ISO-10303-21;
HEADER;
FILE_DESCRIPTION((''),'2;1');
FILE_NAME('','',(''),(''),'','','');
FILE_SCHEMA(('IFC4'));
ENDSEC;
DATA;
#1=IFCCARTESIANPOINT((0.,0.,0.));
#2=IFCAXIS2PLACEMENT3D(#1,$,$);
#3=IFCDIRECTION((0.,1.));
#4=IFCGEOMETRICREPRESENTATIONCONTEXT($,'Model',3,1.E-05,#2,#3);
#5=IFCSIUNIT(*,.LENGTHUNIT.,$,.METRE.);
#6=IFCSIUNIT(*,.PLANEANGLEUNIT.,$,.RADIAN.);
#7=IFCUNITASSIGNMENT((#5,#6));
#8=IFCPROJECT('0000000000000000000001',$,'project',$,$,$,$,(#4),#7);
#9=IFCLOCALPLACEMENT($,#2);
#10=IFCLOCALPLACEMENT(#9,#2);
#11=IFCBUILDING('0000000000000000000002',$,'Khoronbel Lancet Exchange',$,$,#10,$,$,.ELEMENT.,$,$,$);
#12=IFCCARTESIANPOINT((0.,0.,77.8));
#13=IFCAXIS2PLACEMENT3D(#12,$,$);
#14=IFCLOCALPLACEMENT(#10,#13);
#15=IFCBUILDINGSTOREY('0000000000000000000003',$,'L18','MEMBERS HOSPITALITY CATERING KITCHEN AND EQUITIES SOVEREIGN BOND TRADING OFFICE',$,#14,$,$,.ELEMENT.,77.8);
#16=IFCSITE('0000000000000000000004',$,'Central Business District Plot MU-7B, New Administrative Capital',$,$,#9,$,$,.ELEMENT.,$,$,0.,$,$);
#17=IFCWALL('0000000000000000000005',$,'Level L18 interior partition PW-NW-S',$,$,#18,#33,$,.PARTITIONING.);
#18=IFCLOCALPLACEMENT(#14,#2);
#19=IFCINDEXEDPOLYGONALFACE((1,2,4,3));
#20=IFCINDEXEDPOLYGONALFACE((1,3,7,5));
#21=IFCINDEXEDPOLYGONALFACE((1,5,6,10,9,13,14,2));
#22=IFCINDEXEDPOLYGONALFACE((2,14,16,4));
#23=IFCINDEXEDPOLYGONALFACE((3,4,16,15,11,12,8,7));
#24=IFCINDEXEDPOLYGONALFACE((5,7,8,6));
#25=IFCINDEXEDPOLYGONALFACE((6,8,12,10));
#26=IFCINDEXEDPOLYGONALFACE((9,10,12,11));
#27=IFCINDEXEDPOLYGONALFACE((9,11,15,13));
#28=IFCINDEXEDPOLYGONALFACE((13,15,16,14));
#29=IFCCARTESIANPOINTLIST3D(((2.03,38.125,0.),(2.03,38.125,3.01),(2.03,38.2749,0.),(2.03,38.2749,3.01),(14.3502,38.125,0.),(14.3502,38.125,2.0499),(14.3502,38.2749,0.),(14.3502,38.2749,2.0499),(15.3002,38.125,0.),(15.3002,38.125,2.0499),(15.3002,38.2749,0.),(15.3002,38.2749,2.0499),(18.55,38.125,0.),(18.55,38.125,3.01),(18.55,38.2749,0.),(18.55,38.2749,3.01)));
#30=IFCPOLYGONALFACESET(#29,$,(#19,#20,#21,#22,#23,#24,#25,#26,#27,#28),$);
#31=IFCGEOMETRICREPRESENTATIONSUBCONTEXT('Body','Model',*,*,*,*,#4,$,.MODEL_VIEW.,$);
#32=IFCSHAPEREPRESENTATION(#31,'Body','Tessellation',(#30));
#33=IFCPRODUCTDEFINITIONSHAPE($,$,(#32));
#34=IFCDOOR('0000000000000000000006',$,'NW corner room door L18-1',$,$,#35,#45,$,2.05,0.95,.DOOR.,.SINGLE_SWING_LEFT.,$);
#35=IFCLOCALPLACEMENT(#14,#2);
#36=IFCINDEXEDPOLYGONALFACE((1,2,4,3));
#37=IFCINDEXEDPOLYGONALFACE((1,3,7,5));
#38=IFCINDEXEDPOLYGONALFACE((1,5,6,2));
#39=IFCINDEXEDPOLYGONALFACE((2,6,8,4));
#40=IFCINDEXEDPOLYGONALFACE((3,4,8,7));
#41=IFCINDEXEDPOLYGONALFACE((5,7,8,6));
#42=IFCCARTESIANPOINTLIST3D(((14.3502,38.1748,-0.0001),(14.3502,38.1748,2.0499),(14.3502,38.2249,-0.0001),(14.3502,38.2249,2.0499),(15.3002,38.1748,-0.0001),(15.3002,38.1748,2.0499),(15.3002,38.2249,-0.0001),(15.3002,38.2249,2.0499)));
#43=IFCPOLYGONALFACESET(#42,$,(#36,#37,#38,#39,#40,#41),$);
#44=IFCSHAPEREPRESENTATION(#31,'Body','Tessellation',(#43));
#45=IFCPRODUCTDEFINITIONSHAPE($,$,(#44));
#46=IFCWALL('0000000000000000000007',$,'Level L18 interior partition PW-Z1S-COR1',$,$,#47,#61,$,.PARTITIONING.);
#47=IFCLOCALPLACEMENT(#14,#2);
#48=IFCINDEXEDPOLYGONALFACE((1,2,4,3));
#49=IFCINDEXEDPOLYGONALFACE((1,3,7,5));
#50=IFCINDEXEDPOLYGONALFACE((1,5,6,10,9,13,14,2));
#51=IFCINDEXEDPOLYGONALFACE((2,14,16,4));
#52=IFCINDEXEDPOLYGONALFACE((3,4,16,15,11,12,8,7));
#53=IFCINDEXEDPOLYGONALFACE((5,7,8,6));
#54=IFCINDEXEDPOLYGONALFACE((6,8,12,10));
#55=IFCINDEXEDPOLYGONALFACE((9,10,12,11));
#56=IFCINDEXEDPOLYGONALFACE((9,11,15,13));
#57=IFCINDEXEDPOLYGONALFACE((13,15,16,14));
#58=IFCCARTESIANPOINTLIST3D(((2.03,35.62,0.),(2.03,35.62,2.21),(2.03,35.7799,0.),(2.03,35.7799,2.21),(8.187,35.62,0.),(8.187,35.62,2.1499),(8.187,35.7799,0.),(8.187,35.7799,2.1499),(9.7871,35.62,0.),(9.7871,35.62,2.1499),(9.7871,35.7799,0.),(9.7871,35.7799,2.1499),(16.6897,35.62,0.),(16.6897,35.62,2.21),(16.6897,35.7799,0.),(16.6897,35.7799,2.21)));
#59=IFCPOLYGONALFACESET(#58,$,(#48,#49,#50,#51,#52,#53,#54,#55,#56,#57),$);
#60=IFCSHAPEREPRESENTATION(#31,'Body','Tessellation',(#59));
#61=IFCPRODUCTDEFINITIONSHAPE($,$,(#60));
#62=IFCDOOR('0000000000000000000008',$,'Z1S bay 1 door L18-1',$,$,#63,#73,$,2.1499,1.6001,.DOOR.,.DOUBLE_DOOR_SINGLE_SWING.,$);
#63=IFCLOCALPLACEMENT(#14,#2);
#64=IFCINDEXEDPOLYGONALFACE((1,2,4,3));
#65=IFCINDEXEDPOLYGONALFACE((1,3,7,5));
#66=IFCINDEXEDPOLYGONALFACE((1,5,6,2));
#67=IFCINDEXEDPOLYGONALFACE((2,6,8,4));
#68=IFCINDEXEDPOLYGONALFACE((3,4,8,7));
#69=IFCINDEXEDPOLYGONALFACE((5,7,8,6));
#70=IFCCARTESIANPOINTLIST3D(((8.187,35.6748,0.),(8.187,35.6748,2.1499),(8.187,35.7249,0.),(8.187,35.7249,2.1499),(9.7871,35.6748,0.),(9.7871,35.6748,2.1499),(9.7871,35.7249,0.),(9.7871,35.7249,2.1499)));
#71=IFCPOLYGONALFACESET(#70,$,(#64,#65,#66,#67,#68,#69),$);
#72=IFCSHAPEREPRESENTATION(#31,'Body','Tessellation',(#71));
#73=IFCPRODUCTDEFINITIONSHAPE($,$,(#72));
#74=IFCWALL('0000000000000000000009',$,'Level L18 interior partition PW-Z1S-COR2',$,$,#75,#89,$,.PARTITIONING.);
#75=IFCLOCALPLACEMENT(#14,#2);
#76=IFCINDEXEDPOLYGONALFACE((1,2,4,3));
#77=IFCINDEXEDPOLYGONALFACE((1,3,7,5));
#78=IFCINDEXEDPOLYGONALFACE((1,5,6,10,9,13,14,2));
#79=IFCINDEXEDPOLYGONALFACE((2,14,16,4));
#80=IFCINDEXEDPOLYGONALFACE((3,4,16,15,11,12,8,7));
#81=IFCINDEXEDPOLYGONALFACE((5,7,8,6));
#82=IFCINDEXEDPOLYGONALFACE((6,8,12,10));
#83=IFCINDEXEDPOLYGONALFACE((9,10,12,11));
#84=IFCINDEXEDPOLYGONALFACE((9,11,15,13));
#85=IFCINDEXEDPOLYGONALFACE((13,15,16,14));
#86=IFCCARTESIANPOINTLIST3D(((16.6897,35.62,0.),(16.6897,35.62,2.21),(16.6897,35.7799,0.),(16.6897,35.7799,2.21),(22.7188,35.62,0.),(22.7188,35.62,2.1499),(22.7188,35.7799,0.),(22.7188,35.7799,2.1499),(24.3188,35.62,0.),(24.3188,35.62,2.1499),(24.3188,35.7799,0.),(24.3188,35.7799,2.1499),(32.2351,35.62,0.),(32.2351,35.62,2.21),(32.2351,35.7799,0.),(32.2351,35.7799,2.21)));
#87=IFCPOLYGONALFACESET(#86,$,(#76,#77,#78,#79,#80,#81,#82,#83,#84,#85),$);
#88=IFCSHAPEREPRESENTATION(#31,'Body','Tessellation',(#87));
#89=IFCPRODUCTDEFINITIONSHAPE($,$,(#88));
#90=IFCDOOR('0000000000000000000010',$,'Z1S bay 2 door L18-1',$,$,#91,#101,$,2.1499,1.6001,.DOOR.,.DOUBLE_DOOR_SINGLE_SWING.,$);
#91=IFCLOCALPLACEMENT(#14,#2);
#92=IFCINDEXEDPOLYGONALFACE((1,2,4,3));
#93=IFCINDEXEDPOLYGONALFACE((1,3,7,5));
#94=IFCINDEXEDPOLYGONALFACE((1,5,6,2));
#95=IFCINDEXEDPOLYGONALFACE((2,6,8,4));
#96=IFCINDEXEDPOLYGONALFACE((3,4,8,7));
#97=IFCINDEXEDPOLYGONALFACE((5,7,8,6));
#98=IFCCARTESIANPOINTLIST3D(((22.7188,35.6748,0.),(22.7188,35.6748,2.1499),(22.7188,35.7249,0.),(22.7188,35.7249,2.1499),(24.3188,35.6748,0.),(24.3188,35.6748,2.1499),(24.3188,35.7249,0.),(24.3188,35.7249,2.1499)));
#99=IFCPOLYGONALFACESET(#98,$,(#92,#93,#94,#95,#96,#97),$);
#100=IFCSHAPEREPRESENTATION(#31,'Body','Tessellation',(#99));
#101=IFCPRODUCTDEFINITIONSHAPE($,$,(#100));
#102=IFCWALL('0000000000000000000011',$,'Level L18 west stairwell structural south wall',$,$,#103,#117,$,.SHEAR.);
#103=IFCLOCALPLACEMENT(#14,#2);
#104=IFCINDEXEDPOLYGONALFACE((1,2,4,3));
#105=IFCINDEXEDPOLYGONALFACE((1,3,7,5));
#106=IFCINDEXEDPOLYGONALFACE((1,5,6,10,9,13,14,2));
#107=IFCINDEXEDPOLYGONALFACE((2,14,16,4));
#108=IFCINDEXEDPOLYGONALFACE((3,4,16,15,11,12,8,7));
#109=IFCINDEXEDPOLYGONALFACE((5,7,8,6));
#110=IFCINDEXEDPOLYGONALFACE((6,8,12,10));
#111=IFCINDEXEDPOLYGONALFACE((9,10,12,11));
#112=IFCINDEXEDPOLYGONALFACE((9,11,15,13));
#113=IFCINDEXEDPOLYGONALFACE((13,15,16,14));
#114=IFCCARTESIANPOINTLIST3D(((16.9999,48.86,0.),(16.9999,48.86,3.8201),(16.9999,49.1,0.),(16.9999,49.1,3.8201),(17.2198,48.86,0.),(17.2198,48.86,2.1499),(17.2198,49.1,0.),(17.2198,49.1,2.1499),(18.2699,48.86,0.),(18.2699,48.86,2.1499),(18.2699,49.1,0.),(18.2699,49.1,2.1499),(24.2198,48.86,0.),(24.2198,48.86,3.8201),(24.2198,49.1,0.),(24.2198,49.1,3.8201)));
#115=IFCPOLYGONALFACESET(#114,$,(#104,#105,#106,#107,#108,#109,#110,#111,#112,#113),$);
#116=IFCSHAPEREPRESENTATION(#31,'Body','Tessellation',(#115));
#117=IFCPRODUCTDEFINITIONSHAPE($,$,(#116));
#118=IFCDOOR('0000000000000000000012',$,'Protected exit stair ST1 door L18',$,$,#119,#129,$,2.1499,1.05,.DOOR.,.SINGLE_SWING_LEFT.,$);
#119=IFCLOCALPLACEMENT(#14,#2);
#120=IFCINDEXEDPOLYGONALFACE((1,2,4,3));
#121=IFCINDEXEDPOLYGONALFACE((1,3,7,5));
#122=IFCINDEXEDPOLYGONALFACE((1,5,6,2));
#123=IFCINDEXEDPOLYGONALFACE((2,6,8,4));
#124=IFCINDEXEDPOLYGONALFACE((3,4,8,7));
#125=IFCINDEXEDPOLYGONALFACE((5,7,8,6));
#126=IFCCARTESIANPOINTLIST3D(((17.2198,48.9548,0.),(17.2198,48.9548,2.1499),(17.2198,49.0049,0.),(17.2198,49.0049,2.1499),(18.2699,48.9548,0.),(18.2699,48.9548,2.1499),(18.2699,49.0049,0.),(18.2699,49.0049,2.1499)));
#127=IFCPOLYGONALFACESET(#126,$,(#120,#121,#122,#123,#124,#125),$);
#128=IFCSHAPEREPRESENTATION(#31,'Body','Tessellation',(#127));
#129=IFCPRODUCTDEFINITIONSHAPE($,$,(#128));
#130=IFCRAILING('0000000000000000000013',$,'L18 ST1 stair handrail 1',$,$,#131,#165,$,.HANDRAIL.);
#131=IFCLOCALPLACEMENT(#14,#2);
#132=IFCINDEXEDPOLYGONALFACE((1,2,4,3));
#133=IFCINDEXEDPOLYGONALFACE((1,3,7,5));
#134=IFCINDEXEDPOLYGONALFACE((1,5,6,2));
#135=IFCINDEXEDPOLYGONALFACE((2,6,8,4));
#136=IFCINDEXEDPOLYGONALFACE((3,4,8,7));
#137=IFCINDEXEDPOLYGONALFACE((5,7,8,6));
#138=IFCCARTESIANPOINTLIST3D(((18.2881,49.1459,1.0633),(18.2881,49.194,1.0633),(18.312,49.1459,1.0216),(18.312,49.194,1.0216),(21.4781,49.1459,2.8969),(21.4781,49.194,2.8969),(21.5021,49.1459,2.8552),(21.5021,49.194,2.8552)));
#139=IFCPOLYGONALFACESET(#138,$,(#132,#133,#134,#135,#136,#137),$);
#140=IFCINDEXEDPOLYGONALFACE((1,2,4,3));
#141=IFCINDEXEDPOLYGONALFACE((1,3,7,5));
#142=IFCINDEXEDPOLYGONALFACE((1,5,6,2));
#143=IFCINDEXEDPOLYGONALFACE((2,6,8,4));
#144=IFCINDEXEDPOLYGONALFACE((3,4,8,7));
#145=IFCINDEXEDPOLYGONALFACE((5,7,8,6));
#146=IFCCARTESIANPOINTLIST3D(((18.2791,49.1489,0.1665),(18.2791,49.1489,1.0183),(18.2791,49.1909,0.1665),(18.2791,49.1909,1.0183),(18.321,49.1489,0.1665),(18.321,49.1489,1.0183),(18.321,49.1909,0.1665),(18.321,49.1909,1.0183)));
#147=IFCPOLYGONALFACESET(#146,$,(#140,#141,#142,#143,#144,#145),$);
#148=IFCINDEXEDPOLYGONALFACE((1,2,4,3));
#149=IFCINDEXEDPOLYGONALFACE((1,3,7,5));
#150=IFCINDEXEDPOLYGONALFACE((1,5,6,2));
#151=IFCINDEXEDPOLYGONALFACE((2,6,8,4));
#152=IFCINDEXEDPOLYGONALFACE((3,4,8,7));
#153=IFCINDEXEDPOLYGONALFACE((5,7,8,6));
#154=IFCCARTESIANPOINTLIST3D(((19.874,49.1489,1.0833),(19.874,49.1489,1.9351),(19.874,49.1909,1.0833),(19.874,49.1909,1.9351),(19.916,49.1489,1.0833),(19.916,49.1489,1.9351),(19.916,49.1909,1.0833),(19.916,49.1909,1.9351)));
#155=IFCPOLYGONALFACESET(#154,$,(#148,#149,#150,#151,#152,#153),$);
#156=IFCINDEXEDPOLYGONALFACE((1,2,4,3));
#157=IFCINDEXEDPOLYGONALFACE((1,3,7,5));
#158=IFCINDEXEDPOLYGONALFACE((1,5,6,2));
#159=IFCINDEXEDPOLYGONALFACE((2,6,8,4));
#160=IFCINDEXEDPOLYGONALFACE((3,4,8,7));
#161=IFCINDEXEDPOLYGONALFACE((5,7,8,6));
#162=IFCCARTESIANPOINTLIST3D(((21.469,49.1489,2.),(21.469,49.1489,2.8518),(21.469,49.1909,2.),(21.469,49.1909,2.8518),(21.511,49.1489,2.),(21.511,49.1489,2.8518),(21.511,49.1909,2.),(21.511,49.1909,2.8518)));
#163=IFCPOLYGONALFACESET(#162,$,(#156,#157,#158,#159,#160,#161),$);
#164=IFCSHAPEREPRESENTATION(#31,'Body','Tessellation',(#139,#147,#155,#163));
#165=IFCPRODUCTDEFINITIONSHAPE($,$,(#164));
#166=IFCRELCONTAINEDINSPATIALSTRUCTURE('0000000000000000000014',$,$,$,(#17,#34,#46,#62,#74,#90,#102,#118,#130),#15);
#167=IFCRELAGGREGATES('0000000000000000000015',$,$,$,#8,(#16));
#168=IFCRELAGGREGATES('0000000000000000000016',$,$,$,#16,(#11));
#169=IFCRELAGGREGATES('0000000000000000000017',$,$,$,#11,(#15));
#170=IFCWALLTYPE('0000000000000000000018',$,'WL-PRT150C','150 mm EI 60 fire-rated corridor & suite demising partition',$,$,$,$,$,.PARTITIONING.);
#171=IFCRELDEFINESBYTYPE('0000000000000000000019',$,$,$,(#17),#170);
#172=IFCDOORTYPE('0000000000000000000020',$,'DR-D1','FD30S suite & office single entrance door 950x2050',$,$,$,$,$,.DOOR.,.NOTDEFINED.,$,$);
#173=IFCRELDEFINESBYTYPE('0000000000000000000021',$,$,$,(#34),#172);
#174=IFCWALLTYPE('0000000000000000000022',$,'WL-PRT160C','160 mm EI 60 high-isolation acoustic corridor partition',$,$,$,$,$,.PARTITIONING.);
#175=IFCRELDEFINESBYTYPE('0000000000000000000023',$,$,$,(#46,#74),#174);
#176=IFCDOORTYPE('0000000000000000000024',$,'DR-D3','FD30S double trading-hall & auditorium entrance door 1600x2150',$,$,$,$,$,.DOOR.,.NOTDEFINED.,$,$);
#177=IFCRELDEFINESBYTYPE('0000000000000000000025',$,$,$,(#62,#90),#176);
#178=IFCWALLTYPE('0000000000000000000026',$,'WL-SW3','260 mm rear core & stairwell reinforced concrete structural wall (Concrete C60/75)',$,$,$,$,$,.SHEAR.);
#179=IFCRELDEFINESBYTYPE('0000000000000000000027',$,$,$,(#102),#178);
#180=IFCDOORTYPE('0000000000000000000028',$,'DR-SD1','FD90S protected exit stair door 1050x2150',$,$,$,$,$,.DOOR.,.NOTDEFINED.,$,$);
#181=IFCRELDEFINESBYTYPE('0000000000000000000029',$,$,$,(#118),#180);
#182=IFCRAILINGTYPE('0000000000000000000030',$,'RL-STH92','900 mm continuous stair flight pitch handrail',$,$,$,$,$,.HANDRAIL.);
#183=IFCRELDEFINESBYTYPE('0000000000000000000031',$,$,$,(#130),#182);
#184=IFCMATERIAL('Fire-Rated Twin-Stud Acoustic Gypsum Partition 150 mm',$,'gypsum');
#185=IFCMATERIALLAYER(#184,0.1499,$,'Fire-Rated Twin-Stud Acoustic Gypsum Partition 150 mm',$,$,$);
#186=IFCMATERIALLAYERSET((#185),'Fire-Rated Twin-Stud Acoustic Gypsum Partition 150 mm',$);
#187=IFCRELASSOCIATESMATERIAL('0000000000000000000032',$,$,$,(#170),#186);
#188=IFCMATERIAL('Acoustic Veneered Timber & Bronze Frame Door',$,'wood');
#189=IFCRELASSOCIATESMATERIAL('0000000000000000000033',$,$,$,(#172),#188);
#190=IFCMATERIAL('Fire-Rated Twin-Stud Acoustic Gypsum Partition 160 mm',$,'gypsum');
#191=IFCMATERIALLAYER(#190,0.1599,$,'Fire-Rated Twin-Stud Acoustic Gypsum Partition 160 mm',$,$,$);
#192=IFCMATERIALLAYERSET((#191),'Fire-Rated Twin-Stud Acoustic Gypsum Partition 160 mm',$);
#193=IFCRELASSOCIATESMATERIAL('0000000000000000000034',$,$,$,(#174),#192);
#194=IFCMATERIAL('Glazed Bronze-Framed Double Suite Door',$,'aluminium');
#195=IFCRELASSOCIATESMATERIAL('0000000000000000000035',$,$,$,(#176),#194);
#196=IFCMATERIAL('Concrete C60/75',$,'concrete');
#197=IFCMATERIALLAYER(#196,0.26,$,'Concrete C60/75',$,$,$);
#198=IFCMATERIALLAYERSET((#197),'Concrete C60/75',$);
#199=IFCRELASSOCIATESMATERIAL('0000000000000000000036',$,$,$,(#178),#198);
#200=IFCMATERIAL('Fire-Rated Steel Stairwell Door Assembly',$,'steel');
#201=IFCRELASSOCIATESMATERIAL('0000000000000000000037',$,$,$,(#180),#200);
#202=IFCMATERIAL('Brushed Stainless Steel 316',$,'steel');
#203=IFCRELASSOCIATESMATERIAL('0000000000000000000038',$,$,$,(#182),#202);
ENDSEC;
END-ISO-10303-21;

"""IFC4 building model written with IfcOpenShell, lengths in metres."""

from ifc_helpers import new_model, si_unit, direction, frame, frame_2d, origin, origin_2d, place, context, subcontext, project, spatial, rectangle, extrude, material, layer, layer_set, type_object, element, fill, save


model = new_model("IFC4")

# Units and contexts
model_context = context("Model", 3, precision=1e-05, world=origin(), true_north=direction((0.0, 1.0)))
body_context = subcontext(model_context, "Body", "Model", "MODEL_VIEW")
ifc_project = project(units=[si_unit("LENGTHUNIT", "METRE"), si_unit("PLANEANGLEUNIT", "RADIAN")], contexts=[model_context])

# Site, building, storey
site_placement = place(None, origin())
site = spatial("IfcSite", under=ifc_project, at=site_placement, Name="Central Business District Plot MU-7B, New Administrative Capital", CompositionType="ELEMENT", RefElevation=0.0)
building_placement = place(site_placement, origin())
building = spatial("IfcBuilding", under=site, at=building_placement, Name="Khoronbel Lancet Exchange", CompositionType="ELEMENT")
storey_placement = place(building_placement, frame((0.0, 0.0, 77.8)))
storey = spatial("IfcBuildingStorey", under=building, at=storey_placement, Name="L18", Description="MEMBERS HOSPITALITY CATERING KITCHEN AND EQUITIES SOVEREIGN BOND TRADING OFFICE", CompositionType="ELEMENT", Elevation=77.8)

# Walls, openings, doors
ifc_material_1 = material(Name="Fire-Rated Twin-Stud Acoustic Gypsum Partition 150 mm", Category="gypsum")
ifc_layer_1 = layer(ifc_material_1, 0.1499, Name="Fire-Rated Twin-Stud Acoustic Gypsum Partition 150 mm")
ifc_layer_set_1 = layer_set([ifc_layer_1], Name="Fire-Rated Twin-Stud Acoustic Gypsum Partition 150 mm")
wall_type_1 = type_object("IfcWallType", Name="WL-PRT150C", Description="150 mm EI 60 fire-rated corridor & suite demising partition", PredefinedType="PARTITIONING", material=ifc_layer_set_1)
wall_1_placement = place(storey_placement, frame((2.03, 38.2, 0.0), z_axis=(0.0, 0.0, 1.0), x_axis=(1.0, 0.0, 0.0)))
wall_1 = element("IfcWall", 1, at=wall_1_placement, inside=storey, type_object=wall_type_1, Name="Level L18 interior partition PW-NW-S", PredefinedType="PARTITIONING", context=body_context, shape_type="SweptSolid", body=[
    extrude(rectangle(XDim=16.52, YDim=0.1499, at=frame_2d((8.26, 0.0))), origin(), (0.0, 0.0, 1.0), 3.01),
])
opening_1_placement = place(wall_1_placement, frame((12.3201, 0.0, 0.0)))
opening_1 = element("IfcOpeningElement", 2, at=opening_1_placement, cuts=wall_1, PredefinedType="OPENING", context=body_context, shape_type="SweptSolid", body=[
    extrude(rectangle(XDim=0.95, YDim=2.05, at=frame_2d((0.4751, 1.0249))), frame((0.0, 0.085, 0.0), z_axis=(0.0, -1.0, 0.0), x_axis=(1.0, 0.0, 0.0)), (0.0, 0.0, 1.0), 0.1699),
])
ifc_material_2 = material(Name="Acoustic Veneered Timber & Bronze Frame Door", Category="wood")
door_type_1 = type_object("IfcDoorType", Name="DR-D1", Description="FD30S suite & office single entrance door 950x2050", OperationType="NOTDEFINED", PredefinedType="DOOR", material=ifc_material_2)
door_1_placement = place(opening_1_placement, origin())
door_1 = element("IfcDoor", 3, at=door_1_placement, inside=storey, type_object=door_type_1, Name="NW corner room door L18-1", OperationType="SINGLE_SWING_LEFT", OverallHeight=2.05, OverallWidth=0.95, PredefinedType="DOOR", context=body_context, shape_type="SweptSolid", body=[
    extrude(rectangle(XDim=0.95, YDim=2.05, at=frame_2d((0.4751, 1.0249))), frame((0.0, 0.0249, 0.0), z_axis=(0.0, -1.0, 0.0), x_axis=(1.0, 0.0, 0.0)), (0.0, 0.0, 1.0), 0.05),
])
fill(opening_1, door_1)
ifc_material_3 = material(Name="Fire-Rated Twin-Stud Acoustic Gypsum Partition 160 mm", Category="gypsum")
ifc_layer_2 = layer(ifc_material_3, 0.1599, Name="Fire-Rated Twin-Stud Acoustic Gypsum Partition 160 mm")
ifc_layer_set_2 = layer_set([ifc_layer_2], Name="Fire-Rated Twin-Stud Acoustic Gypsum Partition 160 mm")
wall_type_2 = type_object("IfcWallType", Name="WL-PRT160C", Description="160 mm EI 60 high-isolation acoustic corridor partition", PredefinedType="PARTITIONING", material=ifc_layer_set_2)
wall_2_placement = place(storey_placement, frame((2.03, 35.7, 0.0), z_axis=(0.0, 0.0, 1.0), x_axis=(1.0, 0.0, 0.0)))
wall_2 = element("IfcWall", 4, at=wall_2_placement, inside=storey, type_object=wall_type_2, Name="Level L18 interior partition PW-Z1S-COR1", PredefinedType="PARTITIONING", context=body_context, shape_type="SweptSolid", body=[
    extrude(rectangle(XDim=14.6597, YDim=0.1599, at=frame_2d((7.3298, 0.0))), origin(), (0.0, 0.0, 1.0), 2.21),
])
opening_2_placement = place(wall_2_placement, frame((6.157, 0.0, 0.0)))
opening_2 = element("IfcOpeningElement", 5, at=opening_2_placement, cuts=wall_2, PredefinedType="OPENING", context=body_context, shape_type="SweptSolid", body=[
    extrude(rectangle(XDim=1.6001, YDim=2.1499, at=frame_2d((0.8, 1.075))), frame((0.0, 0.0898, 0.0), z_axis=(0.0, -1.0, 0.0), x_axis=(1.0, 0.0, 0.0)), (0.0, 0.0, 1.0), 0.1799),
])
ifc_material_4 = material(Name="Glazed Bronze-Framed Double Suite Door", Category="aluminium")
door_type_2 = type_object("IfcDoorType", Name="DR-D3", Description="FD30S double trading-hall & auditorium entrance door 1600x2150", OperationType="NOTDEFINED", PredefinedType="DOOR", material=ifc_material_4)
door_2_placement = place(opening_2_placement, origin())
door_2 = element("IfcDoor", 6, at=door_2_placement, inside=storey, type_object=door_type_2, Name="Z1S bay 1 door L18-1", OperationType="DOUBLE_DOOR_SINGLE_SWING", OverallHeight=2.1499, OverallWidth=1.6001, PredefinedType="DOOR", context=body_context, shape_type="SweptSolid", body=[
    extrude(rectangle(XDim=1.6001, YDim=2.1499, at=frame_2d((0.8, 1.075))), frame((0.0, 0.0249, 0.0), z_axis=(0.0, -1.0, 0.0), x_axis=(1.0, 0.0, 0.0)), (0.0, 0.0, 1.0), 0.05),
])
fill(opening_2, door_2)
wall_3_placement = place(storey_placement, frame((16.6897, 35.7, 0.0), z_axis=(0.0, 0.0, 1.0), x_axis=(1.0, 0.0, 0.0)))
wall_3 = element("IfcWall", 7, at=wall_3_placement, inside=storey, type_object=wall_type_2, Name="Level L18 interior partition PW-Z1S-COR2", PredefinedType="PARTITIONING", context=body_context, shape_type="SweptSolid", body=[
    extrude(rectangle(XDim=15.5454, YDim=0.1599, at=frame_2d((7.7727, 0.0))), origin(), (0.0, 0.0, 1.0), 2.21),
])
opening_3_placement = place(wall_3_placement, frame((6.0291, 0.0, 0.0)))
opening_3 = element("IfcOpeningElement", 8, at=opening_3_placement, cuts=wall_3, PredefinedType="OPENING", context=body_context, shape_type="SweptSolid", body=[
    extrude(rectangle(XDim=1.6001, YDim=2.1499, at=frame_2d((0.8, 1.075))), frame((0.0, 0.0898, 0.0), z_axis=(0.0, -1.0, 0.0), x_axis=(1.0, 0.0, 0.0)), (0.0, 0.0, 1.0), 0.1799),
])
door_3_placement = place(opening_3_placement, origin())
door_3 = element("IfcDoor", 9, at=door_3_placement, inside=storey, type_object=door_type_2, Name="Z1S bay 2 door L18-1", OperationType="DOUBLE_DOOR_SINGLE_SWING", OverallHeight=2.1499, OverallWidth=1.6001, PredefinedType="DOOR", context=body_context, shape_type="SweptSolid", body=[
    extrude(rectangle(XDim=1.6001, YDim=2.1499, at=frame_2d((0.8, 1.075))), frame((0.0, 0.0249, 0.0), z_axis=(0.0, -1.0, 0.0), x_axis=(1.0, 0.0, 0.0)), (0.0, 0.0, 1.0), 0.05),
])
fill(opening_3, door_3)
ifc_material_5 = material(Name="Concrete C60/75", Category="concrete")
ifc_layer_3 = layer(ifc_material_5, 0.26, Name="Concrete C60/75")
ifc_layer_set_3 = layer_set([ifc_layer_3], Name="Concrete C60/75")
wall_type_3 = type_object("IfcWallType", Name="WL-SW3", Description="260 mm rear core & stairwell reinforced concrete structural wall (Concrete C60/75)", PredefinedType="SHEAR", material=ifc_layer_set_3)
wall_4_placement = place(storey_placement, frame((17.0, 48.98, 0.0), z_axis=(0.0, 0.0, 1.0), x_axis=(1.0, 0.0, 0.0)))
wall_4 = element("IfcWall", 10, at=wall_4_placement, inside=storey, type_object=wall_type_3, Name="Level L18 west stairwell structural south wall", PredefinedType="SHEAR", context=body_context, shape_type="SweptSolid", body=[
    extrude(rectangle(XDim=7.22, YDim=0.24, at=frame_2d((3.6099, 0.0))), origin(), (0.0, 0.0, 1.0), 3.8201),
])
opening_4_placement = place(wall_4_placement, frame((0.22, 0.0, 0.0)))
opening_4 = element("IfcOpeningElement", 11, at=opening_4_placement, cuts=wall_4, PredefinedType="OPENING", context=body_context, shape_type="SweptSolid", body=[
    extrude(rectangle(XDim=1.05, YDim=2.1499, at=frame_2d((0.5249, 1.075))), frame((0.0, 0.1299, 0.0), z_axis=(0.0, -1.0, 0.0), x_axis=(1.0, 0.0, 0.0)), (0.0, 0.0, 1.0), 0.26),
])
ifc_material_6 = material(Name="Fire-Rated Steel Stairwell Door Assembly", Category="steel")
door_type_3 = type_object("IfcDoorType", Name="DR-SD1", Description="FD90S protected exit stair door 1050x2150", OperationType="NOTDEFINED", PredefinedType="DOOR", material=ifc_material_6)
door_4_placement = place(opening_4_placement, origin())
door_4 = element("IfcDoor", 12, at=door_4_placement, inside=storey, type_object=door_type_3, Name="Protected exit stair ST1 door L18", OperationType="SINGLE_SWING_LEFT", OverallHeight=2.1499, OverallWidth=1.05, PredefinedType="DOOR", context=body_context, shape_type="SweptSolid", body=[
    extrude(rectangle(XDim=1.05, YDim=2.1499, at=frame_2d((0.5249, 1.075))), frame((0.0, 0.0249, 0.0), z_axis=(0.0, -1.0, 0.0), x_axis=(1.0, 0.0, 0.0)), (0.0, 0.0, 1.0), 0.05),
])
fill(opening_4, door_4)

# Railing
ifc_material_7 = material(Name="Brushed Stainless Steel 316", Category="steel")
railing_type = type_object("IfcRailingType", Name="RL-STH92", Description="900 mm continuous stair flight pitch handrail", PredefinedType="HANDRAIL", material=ifc_material_7)
railing_placement = place(storey_placement, frame((18.3, 49.1699, 0.1665)))
element("IfcRailing", 13, at=railing_placement, inside=storey, type_object=railing_type, Name="L18 ST1 stair handrail 1", PredefinedType="HANDRAIL", context=body_context, shape_type="SweptSolid", body=[
    extrude(rectangle(XDim=0.0481, YDim=0.0481, at=origin_2d()), frame((0.0, 0.0, 0.876), z_axis=(0.866991, 0.0, 0.498324), x_axis=(0.0, 1.0, 0.0)), (0.0, 0.0, 1.0), 3.6794),
    extrude(rectangle(XDim=0.042, YDim=0.042, at=origin_2d()), origin(), (0.0, 0.0, 1.0), 0.8518),
    extrude(rectangle(XDim=0.042, YDim=0.042, at=origin_2d()), frame((1.595, 0.0, 0.9167)), (0.0, 0.0, 1.0), 0.8518),
    extrude(rectangle(XDim=0.042, YDim=0.042, at=origin_2d()), frame((3.1899, 0.0, 1.8335)), (0.0, 0.0, 1.0), 0.8518),
])

save(model, "model.ifc")
